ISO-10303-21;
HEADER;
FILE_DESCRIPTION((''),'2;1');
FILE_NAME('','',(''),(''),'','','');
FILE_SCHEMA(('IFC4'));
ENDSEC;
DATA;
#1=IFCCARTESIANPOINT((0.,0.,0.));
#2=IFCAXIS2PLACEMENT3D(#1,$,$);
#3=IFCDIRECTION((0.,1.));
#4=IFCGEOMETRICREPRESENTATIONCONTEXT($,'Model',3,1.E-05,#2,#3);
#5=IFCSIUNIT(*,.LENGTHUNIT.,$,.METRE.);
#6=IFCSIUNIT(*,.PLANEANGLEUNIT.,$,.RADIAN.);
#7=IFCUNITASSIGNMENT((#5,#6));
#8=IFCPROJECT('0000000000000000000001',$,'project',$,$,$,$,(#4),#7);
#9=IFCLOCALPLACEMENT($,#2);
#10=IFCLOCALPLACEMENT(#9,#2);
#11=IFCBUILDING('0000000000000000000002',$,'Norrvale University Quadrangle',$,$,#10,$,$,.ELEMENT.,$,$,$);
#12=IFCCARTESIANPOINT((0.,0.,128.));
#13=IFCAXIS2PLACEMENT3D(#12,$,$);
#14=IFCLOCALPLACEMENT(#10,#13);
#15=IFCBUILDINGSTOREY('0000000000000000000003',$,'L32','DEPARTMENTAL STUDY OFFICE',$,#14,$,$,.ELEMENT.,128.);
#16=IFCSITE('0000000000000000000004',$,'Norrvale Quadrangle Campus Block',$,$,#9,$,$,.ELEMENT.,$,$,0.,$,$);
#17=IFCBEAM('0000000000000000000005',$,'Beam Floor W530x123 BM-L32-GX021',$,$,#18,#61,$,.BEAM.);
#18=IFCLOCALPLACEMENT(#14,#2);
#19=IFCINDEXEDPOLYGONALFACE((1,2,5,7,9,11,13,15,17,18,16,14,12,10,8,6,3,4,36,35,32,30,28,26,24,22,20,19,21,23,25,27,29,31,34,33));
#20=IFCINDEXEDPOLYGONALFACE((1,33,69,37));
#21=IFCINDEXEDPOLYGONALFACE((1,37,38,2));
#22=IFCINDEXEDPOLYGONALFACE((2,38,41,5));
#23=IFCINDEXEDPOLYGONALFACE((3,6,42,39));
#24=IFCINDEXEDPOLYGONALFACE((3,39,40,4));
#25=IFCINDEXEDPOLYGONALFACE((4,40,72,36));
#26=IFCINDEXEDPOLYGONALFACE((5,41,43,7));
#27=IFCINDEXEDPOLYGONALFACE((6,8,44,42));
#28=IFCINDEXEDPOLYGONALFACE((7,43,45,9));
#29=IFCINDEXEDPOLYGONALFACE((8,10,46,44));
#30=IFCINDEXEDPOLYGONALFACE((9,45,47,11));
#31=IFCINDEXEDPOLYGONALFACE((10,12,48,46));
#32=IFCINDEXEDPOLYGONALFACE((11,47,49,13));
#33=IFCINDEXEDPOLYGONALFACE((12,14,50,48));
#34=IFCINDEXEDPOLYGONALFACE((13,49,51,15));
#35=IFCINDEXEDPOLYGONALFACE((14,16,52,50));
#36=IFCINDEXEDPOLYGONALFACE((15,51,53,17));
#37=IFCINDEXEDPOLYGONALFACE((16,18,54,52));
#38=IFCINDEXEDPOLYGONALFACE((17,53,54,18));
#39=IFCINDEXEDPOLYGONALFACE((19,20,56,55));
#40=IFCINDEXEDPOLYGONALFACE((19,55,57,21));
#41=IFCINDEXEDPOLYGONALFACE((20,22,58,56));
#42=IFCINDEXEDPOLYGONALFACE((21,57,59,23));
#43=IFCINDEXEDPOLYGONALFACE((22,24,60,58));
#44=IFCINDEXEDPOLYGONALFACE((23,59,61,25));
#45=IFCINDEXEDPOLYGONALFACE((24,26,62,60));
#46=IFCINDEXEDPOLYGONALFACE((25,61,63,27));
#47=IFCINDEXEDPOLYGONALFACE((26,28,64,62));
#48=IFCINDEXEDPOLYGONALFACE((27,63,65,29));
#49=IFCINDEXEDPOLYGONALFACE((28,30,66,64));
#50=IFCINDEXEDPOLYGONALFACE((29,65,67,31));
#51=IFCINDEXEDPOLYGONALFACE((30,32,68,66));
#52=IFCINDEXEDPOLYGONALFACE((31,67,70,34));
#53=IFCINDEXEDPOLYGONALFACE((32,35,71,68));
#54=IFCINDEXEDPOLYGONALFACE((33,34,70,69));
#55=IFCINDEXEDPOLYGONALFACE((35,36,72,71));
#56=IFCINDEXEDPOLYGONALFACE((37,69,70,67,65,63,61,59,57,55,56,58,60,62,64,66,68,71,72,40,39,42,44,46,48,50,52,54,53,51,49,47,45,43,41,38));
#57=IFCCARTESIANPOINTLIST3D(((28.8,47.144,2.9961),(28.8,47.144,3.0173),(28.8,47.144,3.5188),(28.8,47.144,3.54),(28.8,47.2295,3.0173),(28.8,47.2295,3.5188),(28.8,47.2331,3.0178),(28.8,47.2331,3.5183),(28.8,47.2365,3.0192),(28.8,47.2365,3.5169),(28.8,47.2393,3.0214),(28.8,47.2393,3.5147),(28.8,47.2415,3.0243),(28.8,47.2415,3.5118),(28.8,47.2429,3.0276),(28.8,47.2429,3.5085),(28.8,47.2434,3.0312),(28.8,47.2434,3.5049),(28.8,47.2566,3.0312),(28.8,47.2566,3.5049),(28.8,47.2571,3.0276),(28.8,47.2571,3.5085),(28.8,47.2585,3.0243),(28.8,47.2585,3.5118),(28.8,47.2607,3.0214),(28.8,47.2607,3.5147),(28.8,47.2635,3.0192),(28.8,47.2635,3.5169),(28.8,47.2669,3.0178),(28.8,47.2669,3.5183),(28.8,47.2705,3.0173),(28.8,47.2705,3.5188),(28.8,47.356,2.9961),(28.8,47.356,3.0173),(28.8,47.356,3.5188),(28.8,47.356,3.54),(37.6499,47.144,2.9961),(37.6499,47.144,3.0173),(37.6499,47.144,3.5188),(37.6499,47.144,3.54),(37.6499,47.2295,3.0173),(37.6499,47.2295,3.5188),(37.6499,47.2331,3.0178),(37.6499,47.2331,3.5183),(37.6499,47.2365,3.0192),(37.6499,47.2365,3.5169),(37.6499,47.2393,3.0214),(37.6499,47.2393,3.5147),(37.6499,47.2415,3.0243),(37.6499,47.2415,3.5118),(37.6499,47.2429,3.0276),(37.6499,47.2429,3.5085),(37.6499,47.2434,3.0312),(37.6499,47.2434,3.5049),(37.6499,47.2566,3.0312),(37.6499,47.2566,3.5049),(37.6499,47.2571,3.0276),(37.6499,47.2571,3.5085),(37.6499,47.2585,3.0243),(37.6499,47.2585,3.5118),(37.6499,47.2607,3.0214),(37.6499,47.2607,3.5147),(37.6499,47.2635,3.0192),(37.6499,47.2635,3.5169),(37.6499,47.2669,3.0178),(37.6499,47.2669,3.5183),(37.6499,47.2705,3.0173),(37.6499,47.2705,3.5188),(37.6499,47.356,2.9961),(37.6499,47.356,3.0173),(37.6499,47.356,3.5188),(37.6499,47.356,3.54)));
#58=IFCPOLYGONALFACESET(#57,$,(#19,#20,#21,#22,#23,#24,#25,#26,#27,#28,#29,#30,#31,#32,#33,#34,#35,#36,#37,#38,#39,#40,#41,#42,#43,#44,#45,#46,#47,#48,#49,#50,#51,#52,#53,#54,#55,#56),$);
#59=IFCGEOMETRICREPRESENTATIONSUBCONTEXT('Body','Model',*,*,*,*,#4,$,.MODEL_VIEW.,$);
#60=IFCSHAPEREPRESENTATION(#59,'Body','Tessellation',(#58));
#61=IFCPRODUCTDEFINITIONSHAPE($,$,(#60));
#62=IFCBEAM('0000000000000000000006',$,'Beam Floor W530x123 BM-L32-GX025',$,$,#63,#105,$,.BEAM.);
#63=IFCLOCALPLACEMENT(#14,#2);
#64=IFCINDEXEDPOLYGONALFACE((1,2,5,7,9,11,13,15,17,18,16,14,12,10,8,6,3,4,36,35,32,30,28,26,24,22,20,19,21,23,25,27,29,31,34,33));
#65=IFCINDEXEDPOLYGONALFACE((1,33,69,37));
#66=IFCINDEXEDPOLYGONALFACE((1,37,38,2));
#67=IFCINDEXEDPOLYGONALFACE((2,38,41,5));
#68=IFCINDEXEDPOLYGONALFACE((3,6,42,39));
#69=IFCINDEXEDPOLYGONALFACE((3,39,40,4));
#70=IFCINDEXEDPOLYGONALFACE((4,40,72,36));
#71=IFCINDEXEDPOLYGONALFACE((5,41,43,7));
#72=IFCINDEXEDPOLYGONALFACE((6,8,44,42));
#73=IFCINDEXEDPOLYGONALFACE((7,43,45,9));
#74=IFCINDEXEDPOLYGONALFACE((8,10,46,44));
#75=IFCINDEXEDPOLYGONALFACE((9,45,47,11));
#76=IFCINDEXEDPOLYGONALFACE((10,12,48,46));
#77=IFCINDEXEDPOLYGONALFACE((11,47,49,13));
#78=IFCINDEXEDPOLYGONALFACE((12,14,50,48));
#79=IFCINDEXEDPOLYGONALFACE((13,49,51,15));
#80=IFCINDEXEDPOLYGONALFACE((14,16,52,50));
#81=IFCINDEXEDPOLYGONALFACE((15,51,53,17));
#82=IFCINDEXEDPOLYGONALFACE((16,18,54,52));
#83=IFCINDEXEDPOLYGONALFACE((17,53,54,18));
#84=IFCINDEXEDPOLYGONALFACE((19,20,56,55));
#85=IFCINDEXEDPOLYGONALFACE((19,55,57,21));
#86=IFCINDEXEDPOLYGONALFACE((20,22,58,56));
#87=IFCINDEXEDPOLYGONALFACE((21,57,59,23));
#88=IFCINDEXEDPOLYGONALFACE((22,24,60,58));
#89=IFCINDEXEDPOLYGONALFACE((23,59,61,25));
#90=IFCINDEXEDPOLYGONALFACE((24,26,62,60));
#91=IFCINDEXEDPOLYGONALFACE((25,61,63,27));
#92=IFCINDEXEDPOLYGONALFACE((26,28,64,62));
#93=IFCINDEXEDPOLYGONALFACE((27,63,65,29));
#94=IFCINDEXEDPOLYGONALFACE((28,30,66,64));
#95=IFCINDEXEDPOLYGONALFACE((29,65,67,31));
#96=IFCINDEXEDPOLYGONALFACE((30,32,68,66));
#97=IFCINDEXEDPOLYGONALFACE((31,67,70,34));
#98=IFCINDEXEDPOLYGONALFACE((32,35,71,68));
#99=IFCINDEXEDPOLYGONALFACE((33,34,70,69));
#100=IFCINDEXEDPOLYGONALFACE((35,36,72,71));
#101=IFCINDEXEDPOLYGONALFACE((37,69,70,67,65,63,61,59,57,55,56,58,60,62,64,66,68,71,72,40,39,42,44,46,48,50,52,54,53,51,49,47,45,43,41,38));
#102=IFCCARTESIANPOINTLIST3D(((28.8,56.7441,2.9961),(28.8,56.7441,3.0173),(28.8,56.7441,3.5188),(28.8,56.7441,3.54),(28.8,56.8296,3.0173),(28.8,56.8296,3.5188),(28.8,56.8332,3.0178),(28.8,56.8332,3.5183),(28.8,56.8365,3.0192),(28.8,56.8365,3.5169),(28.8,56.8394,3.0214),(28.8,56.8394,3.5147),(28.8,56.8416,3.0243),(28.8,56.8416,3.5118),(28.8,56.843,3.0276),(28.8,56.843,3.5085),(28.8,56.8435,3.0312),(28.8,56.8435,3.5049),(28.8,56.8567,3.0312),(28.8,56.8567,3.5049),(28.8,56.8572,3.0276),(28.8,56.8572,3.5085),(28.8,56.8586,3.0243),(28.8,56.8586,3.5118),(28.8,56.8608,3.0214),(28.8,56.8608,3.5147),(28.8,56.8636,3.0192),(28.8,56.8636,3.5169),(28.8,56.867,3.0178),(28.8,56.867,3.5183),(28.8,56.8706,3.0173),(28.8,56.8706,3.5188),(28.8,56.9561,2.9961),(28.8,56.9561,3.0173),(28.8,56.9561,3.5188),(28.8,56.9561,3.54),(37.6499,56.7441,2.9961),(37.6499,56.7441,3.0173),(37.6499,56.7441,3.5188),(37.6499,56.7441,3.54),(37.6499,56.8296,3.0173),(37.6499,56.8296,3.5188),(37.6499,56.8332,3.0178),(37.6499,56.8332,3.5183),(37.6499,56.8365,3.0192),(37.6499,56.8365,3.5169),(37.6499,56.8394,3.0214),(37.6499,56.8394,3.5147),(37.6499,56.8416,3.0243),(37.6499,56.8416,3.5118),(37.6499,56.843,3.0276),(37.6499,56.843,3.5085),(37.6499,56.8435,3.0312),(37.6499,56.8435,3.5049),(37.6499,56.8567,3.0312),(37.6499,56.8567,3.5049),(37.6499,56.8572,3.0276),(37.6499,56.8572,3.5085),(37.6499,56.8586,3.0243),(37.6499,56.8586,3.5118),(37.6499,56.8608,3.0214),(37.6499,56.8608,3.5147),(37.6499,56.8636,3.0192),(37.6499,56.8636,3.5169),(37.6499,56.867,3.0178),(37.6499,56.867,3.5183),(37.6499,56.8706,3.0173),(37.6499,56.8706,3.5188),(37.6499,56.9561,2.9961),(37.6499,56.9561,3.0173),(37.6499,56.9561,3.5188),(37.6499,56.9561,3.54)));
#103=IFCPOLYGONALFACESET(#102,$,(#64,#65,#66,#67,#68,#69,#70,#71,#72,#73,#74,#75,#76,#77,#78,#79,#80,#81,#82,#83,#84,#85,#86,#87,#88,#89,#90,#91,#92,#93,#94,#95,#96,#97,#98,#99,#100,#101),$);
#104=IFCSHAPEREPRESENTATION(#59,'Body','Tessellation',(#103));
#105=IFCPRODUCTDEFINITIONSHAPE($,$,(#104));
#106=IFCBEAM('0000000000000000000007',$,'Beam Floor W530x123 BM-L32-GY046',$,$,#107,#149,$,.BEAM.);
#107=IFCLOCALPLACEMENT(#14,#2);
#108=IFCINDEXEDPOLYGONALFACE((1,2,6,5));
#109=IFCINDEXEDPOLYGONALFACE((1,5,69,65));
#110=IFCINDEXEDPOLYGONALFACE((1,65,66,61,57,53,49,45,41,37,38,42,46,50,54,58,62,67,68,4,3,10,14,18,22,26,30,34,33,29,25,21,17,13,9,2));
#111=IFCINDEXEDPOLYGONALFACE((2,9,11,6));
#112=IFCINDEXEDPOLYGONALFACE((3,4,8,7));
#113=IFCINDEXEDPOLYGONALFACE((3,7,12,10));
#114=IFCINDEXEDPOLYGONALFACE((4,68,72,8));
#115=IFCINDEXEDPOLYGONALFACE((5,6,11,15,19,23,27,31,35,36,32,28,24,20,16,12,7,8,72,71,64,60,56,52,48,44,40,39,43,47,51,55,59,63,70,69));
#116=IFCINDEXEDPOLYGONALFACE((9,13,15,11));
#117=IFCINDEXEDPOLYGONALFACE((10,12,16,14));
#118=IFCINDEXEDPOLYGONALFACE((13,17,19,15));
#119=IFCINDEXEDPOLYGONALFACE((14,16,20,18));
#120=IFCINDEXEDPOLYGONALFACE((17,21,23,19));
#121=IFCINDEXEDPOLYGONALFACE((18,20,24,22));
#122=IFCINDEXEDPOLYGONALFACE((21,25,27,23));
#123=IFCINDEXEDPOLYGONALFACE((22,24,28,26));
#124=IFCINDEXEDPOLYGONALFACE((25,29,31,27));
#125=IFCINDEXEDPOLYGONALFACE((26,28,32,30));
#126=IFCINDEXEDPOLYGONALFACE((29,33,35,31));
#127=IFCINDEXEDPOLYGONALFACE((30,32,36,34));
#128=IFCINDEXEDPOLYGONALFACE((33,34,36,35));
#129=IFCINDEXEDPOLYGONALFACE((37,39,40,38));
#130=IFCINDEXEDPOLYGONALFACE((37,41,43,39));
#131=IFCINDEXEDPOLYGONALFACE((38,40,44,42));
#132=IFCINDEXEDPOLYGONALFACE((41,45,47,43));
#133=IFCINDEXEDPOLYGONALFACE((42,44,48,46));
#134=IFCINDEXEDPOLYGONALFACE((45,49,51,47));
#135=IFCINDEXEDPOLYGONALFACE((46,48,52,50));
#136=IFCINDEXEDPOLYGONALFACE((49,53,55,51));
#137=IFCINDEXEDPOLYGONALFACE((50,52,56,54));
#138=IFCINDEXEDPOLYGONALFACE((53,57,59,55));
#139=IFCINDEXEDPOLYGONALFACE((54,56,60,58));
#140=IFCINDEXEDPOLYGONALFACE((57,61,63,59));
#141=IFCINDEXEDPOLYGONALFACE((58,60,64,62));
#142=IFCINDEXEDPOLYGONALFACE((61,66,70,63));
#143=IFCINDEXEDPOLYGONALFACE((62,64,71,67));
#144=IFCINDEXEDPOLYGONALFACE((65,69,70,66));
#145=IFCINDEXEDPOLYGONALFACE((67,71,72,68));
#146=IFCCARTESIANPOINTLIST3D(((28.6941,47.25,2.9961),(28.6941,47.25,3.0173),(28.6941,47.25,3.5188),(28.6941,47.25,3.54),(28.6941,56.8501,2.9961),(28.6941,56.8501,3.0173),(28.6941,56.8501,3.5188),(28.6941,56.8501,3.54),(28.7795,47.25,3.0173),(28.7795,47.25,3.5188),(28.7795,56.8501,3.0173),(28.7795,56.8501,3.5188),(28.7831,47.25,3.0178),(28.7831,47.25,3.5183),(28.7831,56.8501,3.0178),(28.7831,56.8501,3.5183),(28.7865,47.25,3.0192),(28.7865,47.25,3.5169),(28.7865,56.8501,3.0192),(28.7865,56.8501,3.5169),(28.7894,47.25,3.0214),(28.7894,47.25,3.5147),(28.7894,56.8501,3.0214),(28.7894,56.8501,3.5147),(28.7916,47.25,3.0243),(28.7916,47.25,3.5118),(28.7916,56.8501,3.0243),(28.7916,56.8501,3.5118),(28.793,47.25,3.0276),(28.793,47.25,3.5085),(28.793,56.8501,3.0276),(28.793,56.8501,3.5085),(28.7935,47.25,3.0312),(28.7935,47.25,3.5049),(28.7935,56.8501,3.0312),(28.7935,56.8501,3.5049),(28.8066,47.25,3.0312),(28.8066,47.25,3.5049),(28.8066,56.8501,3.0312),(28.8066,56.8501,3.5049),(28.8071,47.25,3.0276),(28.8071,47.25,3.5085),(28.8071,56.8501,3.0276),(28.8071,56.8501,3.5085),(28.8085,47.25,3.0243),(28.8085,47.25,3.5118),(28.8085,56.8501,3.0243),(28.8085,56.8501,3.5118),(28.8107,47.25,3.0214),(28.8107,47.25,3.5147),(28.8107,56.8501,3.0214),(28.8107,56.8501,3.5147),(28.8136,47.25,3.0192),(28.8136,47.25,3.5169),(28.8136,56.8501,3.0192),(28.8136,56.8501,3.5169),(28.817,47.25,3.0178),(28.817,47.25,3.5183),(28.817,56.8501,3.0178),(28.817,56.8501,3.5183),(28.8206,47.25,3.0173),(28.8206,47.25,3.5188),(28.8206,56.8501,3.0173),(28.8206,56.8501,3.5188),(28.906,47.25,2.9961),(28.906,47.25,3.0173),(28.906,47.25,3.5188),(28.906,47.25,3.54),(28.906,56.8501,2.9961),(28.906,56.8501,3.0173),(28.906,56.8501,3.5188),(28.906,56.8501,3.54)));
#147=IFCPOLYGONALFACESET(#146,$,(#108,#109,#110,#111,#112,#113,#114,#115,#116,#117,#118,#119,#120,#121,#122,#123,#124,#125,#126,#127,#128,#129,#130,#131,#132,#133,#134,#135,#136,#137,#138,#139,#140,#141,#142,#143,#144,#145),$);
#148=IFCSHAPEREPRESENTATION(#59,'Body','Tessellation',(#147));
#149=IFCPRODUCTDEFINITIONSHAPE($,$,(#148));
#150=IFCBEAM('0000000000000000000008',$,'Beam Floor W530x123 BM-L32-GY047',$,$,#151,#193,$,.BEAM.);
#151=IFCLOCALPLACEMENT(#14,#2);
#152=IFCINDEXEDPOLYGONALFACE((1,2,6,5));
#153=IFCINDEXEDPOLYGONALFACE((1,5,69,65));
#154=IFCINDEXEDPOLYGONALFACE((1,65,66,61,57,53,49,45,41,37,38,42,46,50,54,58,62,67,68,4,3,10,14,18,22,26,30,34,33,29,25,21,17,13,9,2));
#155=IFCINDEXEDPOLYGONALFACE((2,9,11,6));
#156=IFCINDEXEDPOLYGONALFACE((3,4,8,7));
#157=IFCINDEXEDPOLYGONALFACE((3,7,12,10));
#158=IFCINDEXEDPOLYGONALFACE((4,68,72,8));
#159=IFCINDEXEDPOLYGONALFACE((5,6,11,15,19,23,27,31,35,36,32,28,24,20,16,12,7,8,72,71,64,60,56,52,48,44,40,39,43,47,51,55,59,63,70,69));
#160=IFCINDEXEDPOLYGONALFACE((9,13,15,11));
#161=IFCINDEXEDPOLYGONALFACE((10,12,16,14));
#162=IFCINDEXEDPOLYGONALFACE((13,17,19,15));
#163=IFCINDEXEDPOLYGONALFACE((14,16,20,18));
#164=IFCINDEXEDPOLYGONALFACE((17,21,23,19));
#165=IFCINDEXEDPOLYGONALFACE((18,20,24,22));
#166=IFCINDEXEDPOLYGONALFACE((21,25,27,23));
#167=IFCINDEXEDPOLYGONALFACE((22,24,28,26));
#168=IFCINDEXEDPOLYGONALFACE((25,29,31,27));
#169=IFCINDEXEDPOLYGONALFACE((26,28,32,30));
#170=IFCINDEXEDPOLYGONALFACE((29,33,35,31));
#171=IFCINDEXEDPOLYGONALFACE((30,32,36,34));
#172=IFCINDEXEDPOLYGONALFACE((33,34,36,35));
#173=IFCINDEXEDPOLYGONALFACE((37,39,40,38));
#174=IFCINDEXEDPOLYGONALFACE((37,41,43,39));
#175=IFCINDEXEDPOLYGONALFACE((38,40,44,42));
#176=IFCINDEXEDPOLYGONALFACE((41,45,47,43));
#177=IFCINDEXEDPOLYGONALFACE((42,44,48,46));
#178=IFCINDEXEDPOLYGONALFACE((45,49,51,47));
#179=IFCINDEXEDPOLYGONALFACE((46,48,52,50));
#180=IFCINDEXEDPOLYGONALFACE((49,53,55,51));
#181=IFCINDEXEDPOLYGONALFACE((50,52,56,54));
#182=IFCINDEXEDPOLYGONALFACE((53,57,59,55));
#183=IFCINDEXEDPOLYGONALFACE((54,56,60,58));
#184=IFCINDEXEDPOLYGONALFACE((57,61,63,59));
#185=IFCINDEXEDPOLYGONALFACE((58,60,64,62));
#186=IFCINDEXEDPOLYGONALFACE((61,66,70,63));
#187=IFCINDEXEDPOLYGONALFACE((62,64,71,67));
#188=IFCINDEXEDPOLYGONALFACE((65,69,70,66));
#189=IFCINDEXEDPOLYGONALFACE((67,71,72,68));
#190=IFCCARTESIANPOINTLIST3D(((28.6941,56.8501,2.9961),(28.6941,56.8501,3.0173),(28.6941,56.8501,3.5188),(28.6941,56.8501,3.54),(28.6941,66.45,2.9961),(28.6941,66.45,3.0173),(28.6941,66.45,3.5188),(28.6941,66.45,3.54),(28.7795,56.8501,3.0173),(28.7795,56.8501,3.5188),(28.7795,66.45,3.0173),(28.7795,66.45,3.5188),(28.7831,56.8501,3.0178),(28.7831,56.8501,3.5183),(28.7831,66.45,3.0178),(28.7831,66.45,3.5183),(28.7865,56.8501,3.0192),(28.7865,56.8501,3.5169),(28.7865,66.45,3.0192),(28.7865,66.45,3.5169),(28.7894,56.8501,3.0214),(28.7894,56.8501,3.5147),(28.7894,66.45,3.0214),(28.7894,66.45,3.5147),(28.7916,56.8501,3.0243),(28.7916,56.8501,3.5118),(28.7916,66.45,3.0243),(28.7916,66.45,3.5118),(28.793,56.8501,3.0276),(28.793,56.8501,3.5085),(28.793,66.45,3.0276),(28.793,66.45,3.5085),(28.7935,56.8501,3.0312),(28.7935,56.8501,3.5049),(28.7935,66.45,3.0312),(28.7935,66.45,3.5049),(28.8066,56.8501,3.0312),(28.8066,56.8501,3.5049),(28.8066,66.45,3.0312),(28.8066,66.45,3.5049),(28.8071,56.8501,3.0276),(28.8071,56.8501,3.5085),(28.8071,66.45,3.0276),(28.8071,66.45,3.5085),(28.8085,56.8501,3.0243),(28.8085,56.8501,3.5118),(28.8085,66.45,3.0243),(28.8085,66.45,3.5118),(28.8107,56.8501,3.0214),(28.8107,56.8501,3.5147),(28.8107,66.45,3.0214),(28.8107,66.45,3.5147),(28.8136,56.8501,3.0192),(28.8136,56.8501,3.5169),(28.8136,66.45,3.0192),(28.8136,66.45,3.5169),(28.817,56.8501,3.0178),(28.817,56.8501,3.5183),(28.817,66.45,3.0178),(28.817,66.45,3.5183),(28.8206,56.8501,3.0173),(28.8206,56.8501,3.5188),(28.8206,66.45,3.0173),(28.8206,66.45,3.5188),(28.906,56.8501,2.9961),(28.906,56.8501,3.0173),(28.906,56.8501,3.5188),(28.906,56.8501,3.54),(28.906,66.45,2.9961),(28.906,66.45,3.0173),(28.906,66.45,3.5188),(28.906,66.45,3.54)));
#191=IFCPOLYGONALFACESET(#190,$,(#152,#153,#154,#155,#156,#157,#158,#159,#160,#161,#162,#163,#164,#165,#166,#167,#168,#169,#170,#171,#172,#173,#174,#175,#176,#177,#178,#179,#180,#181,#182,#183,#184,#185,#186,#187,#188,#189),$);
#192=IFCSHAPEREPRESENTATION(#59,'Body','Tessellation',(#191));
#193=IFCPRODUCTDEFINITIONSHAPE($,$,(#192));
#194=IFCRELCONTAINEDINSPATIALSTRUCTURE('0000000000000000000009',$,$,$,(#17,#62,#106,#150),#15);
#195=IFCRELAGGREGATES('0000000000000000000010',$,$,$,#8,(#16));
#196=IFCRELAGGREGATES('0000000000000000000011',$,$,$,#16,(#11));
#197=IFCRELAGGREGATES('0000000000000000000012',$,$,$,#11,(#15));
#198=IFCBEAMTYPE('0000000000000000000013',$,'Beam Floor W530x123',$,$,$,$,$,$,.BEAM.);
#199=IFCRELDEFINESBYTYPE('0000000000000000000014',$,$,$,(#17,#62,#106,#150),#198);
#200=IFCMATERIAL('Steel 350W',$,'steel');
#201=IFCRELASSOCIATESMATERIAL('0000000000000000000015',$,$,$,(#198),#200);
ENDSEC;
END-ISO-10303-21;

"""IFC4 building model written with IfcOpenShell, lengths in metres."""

from ifc_helpers import new_model, si_unit, direction, frame, origin, origin_2d, place, context, subcontext, project, spatial, i_section, extrude, material, material_profile, profile_set, type_object, element, save


model = new_model("IFC4")

# Units and contexts
model_context = context("Model", 3, precision=1e-05, world=origin(), true_north=direction((0.0, 1.0)))
body_context = subcontext(model_context, "Body", "Model", "MODEL_VIEW")
ifc_project = project(units=[si_unit("LENGTHUNIT", "METRE"), si_unit("PLANEANGLEUNIT", "RADIAN")], contexts=[model_context])

# Site, building, storey
site_placement = place(None, origin())
site = spatial("IfcSite", under=ifc_project, at=site_placement, Name="Norrvale Quadrangle Campus Block", CompositionType="ELEMENT", RefElevation=0.0)
building_placement = place(site_placement, origin())
building = spatial("IfcBuilding", under=site, at=building_placement, Name="Norrvale University Quadrangle", CompositionType="ELEMENT")
storey_placement = place(building_placement, frame((0.0, 0.0, 128.0)))
storey = spatial("IfcBuildingStorey", under=building, at=storey_placement, Name="L32", Description="DEPARTMENTAL STUDY OFFICE", CompositionType="ELEMENT", Elevation=128.0)

# Beams
ifc_material_1 = material(Name="Steel 350W", Category="steel")
ifc_material_profile_1 = material_profile(ifc_material_1, i_section(OverallWidth=0.2119, OverallDepth=0.5439, WebThickness=0.0132, FlangeThickness=0.0212, FilletRadius=0.0139, at=origin_2d()), Name="Steel 350W")
ifc_profile_set_1 = profile_set([ifc_material_profile_1], Name="Steel 350W")
beam_type_1 = type_object("IfcBeamType", Name="Beam Floor W530x123", PredefinedType="BEAM", material=ifc_profile_set_1)
for number, where, z_axis, x_axis, name in (
    (1, (28.8, 47.25, 3.2681), (1.0, 0.0, 0.0), (0.0, 1.0, 0.0), "Beam Floor W530x123 BM-L32-GX021"),
    (2, (28.8, 56.8501, 3.2681), (1.0, 0.0, 0.0), (0.0, 1.0, 0.0), "Beam Floor W530x123 BM-L32-GX025"),
):
    element("IfcBeam", number, at=place(storey_placement, frame(where, z_axis=z_axis, x_axis=x_axis)), inside=storey, type_object=beam_type_1, Name=name, PredefinedType="BEAM", context=body_context, shape_type="SweptSolid", body=[
        extrude(i_section(OverallWidth=0.2119, OverallDepth=0.5439, WebThickness=0.0132, FlangeThickness=0.0212, FilletRadius=0.0139, at=origin_2d()), origin(), (0.0, 0.0, 1.0), 8.8499),
    ])
beam_1_placement = place(storey_placement, frame((28.8, 47.25, 3.2681), z_axis=(0.0, 1.0, 0.0), x_axis=(-1.0, 0.0, 0.0)))
element("IfcBeam", 3, at=beam_1_placement, inside=storey, type_object=beam_type_1, Name="Beam Floor W530x123 BM-L32-GY046", PredefinedType="BEAM", context=body_context, shape_type="SweptSolid", body=[
    extrude(i_section(OverallWidth=0.2119, OverallDepth=0.5439, WebThickness=0.0132, FlangeThickness=0.0212, FilletRadius=0.0139, at=origin_2d()), origin(), (0.0, 0.0, 1.0), 9.6001),
])
beam_2_placement = place(storey_placement, frame((28.8, 56.8501, 3.2681), z_axis=(0.0, 1.0, 0.0), x_axis=(-1.0, 0.0, 0.0)))
element("IfcBeam", 4, at=beam_2_placement, inside=storey, type_object=beam_type_1, Name="Beam Floor W530x123 BM-L32-GY047", PredefinedType="BEAM", context=body_context, shape_type="SweptSolid", body=[
    extrude(i_section(OverallWidth=0.2119, OverallDepth=0.5439, WebThickness=0.0132, FlangeThickness=0.0212, FilletRadius=0.0139, at=origin_2d()), origin(), (0.0, 0.0, 1.0), 9.5999),
])

save(model, "model.ifc")
